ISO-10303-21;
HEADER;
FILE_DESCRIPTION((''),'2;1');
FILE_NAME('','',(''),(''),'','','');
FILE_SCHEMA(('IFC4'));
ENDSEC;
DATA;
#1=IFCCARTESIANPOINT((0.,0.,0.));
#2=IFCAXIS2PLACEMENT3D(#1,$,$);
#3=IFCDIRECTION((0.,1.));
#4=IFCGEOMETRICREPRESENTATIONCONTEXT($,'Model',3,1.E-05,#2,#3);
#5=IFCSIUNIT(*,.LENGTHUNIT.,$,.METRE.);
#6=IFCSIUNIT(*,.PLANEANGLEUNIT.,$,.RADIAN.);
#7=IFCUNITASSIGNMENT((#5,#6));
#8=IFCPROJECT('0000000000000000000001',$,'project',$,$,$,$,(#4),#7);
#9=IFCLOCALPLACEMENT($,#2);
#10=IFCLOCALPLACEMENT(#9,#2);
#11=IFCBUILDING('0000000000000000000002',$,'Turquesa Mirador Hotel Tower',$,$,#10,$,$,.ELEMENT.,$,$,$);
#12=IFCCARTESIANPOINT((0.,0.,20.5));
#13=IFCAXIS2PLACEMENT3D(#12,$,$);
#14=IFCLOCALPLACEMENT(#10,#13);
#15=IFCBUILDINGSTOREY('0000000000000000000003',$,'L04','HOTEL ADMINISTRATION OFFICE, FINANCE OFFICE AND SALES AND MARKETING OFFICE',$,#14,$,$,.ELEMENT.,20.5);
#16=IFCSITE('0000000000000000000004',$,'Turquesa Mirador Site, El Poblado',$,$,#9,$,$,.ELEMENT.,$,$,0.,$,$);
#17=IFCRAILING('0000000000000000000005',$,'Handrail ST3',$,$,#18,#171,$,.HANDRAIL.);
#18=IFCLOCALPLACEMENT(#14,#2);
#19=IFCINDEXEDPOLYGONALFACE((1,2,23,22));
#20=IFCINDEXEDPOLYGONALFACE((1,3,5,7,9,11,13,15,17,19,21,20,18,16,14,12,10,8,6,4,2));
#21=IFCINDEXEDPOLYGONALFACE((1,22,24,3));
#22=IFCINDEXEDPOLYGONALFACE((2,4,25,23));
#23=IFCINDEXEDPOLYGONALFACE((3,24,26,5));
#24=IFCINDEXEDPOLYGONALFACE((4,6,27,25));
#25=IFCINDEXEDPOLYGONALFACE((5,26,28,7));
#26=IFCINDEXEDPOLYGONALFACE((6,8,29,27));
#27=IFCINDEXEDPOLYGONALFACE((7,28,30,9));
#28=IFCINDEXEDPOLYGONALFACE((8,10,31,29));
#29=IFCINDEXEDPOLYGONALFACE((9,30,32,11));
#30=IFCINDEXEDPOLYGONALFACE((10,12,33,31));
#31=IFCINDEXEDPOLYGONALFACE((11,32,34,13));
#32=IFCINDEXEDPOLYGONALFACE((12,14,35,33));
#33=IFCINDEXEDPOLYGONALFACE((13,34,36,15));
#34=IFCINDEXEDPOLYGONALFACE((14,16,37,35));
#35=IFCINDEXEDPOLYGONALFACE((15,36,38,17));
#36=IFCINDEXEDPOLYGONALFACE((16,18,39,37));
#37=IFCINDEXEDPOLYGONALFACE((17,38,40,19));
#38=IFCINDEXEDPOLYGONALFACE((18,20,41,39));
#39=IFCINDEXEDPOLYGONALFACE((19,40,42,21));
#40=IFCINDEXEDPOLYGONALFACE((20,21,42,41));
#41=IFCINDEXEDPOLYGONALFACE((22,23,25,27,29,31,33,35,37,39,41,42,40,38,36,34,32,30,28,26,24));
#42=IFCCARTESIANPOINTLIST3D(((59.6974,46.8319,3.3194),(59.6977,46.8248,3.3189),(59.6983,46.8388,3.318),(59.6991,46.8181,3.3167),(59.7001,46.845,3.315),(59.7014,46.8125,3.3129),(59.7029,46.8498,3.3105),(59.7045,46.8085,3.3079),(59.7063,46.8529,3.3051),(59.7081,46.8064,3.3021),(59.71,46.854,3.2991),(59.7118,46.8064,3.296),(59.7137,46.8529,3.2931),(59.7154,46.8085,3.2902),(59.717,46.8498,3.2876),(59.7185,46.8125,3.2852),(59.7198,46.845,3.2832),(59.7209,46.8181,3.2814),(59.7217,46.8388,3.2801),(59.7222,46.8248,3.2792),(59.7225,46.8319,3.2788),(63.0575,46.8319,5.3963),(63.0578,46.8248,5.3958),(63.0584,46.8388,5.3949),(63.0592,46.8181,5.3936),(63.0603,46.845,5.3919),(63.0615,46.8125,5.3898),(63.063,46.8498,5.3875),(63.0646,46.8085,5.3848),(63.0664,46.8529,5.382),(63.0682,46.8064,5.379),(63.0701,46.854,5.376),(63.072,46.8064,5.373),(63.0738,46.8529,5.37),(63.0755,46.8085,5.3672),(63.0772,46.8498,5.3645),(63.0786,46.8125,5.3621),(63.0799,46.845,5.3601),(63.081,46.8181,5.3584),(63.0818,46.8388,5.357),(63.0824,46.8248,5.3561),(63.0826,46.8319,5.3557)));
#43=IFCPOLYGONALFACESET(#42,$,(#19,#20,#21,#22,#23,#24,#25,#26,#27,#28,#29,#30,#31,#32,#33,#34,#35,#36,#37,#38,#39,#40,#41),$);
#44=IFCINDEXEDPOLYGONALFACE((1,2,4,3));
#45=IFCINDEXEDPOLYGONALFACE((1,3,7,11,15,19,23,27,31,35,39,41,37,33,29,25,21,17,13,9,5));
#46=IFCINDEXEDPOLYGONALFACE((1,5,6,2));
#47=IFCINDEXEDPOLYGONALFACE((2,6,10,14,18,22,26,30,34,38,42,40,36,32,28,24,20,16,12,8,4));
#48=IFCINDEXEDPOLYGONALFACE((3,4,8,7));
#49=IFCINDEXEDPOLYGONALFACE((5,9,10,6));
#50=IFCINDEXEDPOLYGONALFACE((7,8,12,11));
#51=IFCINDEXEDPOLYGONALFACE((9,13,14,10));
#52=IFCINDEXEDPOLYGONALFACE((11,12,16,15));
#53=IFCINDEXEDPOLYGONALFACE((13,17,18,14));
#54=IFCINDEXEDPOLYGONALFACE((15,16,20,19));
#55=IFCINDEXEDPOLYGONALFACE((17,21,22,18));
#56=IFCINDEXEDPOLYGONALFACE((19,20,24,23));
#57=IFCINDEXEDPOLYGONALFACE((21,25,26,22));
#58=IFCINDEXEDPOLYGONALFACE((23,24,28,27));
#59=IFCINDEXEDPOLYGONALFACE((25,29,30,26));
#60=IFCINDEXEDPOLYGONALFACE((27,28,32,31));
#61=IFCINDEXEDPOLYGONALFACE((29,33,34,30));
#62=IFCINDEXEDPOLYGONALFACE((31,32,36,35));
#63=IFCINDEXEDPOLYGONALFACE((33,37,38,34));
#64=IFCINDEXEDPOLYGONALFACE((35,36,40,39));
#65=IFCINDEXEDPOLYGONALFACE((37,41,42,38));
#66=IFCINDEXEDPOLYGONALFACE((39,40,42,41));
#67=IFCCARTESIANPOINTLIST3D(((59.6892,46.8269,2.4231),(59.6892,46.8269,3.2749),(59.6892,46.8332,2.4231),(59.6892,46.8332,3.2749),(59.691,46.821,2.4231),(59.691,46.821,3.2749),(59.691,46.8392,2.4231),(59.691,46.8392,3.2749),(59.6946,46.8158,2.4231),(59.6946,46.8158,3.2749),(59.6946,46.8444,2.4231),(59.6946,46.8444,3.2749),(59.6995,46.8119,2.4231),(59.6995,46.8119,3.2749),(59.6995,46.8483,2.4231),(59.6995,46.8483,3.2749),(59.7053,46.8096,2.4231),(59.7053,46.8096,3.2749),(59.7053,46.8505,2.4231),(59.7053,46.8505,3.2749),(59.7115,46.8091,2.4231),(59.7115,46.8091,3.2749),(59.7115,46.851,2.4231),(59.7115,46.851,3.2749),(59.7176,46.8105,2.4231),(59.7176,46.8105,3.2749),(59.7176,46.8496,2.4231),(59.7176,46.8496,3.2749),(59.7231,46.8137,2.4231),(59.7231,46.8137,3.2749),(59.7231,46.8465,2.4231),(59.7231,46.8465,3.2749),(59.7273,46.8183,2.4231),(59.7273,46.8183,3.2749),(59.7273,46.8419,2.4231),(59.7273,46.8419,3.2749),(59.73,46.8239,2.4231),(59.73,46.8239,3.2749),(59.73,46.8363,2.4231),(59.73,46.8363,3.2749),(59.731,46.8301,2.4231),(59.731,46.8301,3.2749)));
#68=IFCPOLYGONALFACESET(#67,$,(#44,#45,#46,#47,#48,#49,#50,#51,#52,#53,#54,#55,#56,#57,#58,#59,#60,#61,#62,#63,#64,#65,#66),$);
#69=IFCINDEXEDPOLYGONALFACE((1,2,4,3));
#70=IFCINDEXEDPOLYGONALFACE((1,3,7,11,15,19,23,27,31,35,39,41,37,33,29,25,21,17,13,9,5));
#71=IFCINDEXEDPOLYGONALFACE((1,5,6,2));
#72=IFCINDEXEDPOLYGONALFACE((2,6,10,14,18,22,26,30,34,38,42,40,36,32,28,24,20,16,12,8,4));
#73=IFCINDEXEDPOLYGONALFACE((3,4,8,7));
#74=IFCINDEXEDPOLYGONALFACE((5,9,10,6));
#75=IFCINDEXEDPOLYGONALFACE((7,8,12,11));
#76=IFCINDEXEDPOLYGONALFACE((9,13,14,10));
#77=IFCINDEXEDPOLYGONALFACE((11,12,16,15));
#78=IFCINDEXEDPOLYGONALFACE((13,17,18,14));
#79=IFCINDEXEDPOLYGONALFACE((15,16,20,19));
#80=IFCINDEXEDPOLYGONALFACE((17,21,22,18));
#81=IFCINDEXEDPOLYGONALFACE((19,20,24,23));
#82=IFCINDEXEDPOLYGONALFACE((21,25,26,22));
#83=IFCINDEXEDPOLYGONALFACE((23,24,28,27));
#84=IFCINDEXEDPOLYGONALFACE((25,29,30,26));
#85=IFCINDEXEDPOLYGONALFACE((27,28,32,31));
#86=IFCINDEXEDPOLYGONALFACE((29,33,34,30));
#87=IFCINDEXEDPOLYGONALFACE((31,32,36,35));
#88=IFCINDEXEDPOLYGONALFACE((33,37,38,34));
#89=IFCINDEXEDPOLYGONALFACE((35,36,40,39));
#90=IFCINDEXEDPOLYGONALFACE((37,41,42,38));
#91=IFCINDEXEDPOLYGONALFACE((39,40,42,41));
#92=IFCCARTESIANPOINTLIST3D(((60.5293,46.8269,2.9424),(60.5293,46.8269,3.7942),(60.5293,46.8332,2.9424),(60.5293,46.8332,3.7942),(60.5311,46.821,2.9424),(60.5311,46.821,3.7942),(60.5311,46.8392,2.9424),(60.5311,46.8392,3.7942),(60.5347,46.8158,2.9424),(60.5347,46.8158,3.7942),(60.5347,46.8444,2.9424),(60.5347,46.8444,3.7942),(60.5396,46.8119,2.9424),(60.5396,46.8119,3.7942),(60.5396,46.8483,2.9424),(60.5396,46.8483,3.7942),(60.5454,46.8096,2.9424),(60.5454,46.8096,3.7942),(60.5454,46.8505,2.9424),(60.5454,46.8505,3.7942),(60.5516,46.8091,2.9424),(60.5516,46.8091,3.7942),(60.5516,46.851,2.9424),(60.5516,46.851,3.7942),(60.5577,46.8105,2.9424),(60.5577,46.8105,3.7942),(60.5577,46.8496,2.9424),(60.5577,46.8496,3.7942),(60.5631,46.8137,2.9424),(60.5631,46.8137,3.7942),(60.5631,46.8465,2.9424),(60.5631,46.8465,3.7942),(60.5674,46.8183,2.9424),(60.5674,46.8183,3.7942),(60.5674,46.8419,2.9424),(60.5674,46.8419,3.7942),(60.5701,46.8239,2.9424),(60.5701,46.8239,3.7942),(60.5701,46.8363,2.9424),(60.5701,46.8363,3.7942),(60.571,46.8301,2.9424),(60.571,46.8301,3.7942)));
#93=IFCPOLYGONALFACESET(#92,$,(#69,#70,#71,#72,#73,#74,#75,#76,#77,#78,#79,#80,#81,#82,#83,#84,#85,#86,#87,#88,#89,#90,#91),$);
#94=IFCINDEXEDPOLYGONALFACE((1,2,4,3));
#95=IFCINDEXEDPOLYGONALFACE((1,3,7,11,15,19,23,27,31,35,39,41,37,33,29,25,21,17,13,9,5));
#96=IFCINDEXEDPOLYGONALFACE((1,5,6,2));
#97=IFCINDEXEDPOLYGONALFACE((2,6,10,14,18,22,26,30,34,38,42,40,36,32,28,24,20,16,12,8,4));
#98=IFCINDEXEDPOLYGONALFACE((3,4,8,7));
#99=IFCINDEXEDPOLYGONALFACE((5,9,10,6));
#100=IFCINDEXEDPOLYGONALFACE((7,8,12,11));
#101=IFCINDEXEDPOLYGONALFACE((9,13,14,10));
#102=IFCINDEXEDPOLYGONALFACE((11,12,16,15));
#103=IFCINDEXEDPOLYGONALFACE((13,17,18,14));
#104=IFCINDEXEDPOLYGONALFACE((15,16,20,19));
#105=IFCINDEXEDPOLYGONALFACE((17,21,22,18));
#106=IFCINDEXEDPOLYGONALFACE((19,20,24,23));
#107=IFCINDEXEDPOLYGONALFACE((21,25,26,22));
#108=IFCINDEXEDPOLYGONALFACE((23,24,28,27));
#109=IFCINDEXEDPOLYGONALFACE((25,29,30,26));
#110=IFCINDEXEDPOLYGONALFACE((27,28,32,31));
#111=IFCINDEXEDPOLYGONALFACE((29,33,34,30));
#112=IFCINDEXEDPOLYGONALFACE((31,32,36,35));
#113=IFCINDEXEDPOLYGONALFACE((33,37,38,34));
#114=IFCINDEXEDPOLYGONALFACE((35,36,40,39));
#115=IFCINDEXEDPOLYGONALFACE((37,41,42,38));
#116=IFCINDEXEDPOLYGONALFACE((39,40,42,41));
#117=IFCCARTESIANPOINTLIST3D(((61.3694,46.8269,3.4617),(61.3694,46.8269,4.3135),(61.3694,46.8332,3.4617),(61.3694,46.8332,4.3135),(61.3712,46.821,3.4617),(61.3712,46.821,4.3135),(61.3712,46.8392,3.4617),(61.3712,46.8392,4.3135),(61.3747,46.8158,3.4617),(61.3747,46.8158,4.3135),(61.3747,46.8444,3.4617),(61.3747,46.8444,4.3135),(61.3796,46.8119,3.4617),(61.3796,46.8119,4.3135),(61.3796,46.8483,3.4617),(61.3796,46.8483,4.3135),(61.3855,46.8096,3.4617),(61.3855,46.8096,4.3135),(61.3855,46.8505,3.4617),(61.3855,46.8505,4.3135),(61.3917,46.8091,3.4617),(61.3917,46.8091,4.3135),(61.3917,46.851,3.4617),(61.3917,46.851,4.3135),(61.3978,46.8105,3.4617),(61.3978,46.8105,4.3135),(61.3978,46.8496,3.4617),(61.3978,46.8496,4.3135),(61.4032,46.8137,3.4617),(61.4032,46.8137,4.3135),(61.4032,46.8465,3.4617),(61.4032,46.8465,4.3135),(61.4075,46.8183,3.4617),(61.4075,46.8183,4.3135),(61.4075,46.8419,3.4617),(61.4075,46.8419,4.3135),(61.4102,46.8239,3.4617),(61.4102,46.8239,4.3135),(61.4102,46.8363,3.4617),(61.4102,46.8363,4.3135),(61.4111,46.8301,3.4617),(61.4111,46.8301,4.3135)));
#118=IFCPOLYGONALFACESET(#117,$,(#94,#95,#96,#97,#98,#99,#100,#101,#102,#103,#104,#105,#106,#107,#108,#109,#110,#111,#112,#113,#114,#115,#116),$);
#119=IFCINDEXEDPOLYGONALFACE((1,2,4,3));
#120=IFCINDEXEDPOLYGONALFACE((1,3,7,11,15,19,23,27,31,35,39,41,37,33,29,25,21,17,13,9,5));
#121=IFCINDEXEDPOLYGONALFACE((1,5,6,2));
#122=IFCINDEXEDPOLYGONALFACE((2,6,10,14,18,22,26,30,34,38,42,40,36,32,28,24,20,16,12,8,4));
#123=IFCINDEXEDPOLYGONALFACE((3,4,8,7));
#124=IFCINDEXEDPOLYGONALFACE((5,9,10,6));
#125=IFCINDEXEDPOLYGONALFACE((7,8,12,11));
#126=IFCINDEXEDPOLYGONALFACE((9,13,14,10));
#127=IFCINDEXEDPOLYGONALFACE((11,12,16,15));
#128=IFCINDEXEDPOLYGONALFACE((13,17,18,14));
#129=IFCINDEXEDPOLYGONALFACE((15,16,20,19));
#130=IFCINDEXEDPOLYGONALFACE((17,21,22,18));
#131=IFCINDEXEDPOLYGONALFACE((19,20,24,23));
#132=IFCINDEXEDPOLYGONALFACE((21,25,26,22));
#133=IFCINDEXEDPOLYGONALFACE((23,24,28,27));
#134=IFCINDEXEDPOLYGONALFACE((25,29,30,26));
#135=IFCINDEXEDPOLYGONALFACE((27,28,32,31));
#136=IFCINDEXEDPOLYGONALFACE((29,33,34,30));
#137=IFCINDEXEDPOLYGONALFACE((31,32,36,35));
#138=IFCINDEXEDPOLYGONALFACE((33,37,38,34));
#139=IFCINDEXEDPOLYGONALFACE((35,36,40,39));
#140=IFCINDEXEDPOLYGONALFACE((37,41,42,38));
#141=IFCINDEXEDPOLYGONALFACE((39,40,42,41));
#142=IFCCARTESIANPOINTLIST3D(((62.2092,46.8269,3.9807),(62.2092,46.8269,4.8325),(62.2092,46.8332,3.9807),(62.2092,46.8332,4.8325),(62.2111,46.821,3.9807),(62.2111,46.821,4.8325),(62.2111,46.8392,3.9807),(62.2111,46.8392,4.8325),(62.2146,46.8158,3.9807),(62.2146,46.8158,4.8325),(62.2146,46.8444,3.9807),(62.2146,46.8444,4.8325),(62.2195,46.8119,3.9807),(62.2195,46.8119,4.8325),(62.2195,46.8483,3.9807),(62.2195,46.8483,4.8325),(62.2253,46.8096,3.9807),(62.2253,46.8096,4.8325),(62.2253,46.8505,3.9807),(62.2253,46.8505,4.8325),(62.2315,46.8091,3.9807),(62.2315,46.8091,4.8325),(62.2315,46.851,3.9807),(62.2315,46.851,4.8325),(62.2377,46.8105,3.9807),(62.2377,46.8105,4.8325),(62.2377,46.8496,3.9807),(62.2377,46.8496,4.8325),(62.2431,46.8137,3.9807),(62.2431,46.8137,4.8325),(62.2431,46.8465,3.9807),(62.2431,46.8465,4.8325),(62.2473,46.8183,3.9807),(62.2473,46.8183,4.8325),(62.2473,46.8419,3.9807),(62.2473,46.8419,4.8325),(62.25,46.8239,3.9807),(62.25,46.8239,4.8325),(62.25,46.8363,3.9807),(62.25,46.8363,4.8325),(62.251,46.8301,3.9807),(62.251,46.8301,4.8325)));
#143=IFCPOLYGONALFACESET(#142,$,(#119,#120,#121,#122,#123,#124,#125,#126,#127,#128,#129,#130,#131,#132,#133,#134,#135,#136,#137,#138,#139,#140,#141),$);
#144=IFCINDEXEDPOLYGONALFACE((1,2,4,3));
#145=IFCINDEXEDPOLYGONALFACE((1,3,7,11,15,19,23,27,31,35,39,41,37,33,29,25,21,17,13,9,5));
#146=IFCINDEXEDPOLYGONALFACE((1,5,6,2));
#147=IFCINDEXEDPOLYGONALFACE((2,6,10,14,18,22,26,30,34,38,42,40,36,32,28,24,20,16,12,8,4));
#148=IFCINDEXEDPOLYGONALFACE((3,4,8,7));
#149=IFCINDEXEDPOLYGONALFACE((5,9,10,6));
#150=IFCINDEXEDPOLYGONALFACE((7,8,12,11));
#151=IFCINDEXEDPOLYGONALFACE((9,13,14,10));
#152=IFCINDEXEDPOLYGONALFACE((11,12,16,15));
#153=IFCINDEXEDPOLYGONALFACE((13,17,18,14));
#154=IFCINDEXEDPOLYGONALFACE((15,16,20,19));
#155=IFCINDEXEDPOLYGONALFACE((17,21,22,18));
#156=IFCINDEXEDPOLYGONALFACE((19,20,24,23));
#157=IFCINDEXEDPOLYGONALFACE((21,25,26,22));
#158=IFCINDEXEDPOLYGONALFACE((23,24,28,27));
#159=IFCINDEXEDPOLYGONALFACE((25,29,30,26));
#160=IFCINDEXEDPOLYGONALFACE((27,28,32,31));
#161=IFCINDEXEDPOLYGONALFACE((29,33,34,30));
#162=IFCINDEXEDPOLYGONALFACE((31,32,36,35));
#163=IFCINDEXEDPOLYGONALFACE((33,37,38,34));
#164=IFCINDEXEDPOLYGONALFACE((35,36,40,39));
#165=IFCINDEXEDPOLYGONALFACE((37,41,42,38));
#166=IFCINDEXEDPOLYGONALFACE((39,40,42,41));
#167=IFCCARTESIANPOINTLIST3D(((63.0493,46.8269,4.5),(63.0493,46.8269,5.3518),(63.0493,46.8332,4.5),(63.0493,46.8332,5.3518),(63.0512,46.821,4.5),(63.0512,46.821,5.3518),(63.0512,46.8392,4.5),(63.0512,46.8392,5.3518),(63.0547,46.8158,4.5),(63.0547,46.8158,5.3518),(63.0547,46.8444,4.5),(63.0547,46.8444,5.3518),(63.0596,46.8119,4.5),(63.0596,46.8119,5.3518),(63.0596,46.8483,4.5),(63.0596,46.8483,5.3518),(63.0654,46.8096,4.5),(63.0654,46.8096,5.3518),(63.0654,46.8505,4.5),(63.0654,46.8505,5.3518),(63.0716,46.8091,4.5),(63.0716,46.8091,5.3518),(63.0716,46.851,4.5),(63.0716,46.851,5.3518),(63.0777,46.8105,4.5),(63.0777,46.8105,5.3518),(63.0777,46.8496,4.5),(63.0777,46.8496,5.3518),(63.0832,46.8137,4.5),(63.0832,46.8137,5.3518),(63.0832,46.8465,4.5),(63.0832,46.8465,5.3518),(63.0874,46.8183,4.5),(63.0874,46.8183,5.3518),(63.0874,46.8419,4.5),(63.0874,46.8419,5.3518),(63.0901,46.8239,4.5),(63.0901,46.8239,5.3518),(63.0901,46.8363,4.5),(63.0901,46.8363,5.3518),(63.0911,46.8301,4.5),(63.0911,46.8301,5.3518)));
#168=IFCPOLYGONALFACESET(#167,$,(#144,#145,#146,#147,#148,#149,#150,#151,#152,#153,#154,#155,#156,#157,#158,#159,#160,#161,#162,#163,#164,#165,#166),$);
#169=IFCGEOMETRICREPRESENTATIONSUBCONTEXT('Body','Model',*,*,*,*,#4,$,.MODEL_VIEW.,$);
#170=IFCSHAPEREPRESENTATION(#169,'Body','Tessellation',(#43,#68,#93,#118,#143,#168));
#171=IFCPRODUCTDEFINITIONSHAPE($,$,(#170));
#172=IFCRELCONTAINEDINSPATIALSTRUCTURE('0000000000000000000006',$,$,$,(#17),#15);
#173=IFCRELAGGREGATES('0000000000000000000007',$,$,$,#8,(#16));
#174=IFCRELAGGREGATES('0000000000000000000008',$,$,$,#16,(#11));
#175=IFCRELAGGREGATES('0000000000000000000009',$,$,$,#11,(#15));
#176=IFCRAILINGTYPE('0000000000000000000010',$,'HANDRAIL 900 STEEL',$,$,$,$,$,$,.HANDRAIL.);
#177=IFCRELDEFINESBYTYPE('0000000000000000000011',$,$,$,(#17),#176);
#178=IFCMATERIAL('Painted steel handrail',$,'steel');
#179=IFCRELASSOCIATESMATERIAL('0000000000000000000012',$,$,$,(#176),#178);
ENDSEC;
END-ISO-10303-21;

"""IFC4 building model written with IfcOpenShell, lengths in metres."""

from ifc_helpers import new_model, si_unit, direction, frame, origin, origin_2d, place, context, subcontext, project, spatial, circle, extrude, material, type_object, element, save


model = new_model("IFC4")

# Units and contexts
model_context = context("Model", 3, precision=1e-05, world=origin(), true_north=direction((0.0, 1.0)))
body_context = subcontext(model_context, "Body", "Model", "MODEL_VIEW")
ifc_project = project(units=[si_unit("LENGTHUNIT", "METRE"), si_unit("PLANEANGLEUNIT", "RADIAN")], contexts=[model_context])

# Site, building, storey
site_placement = place(None, origin())
site = spatial("IfcSite", under=ifc_project, at=site_placement, Name="Turquesa Mirador Site, El Poblado", CompositionType="ELEMENT", RefElevation=0.0)
building_placement = place(site_placement, origin())
building = spatial("IfcBuilding", under=site, at=building_placement, Name="Turquesa Mirador Hotel Tower", CompositionType="ELEMENT")
storey_placement = place(building_placement, frame((0.0, 0.0, 20.5)))
storey = spatial("IfcBuildingStorey", under=building, at=storey_placement, Name="L04", Description="HOTEL ADMINISTRATION OFFICE, FINANCE OFFICE AND SALES AND MARKETING OFFICE", CompositionType="ELEMENT", Elevation=20.5)

# Railing
ifc_material_1 = material(Name="Painted steel handrail", Category="steel")
railing_type_1 = type_object("IfcRailingType", Name="HANDRAIL 900 STEEL", PredefinedType="HANDRAIL", material=ifc_material_1)
railing_1_placement = place(storey_placement, frame((59.71, 46.8301, 2.4231)))
element("IfcRailing", 1, at=railing_1_placement, inside=storey, type_object=railing_type_1, Name="Handrail ST3", PredefinedType="HANDRAIL", context=body_context, shape_type="SweptSolid", body=[
    extrude(circle(Radius=0.0239, at=origin_2d()), frame((0.0, 0.0, 0.876), z_axis=(0.850623, 0.0, 0.525776), x_axis=(0.0, 1.0, 0.0)), (0.0, 0.0, 1.0), 3.9502),
    extrude(circle(Radius=0.021, at=origin_2d()), origin(), (0.0, 0.0, 1.0), 0.8518),
    extrude(circle(Radius=0.021, at=origin_2d()), frame((0.8401, 0.0, 0.5193)), (0.0, 0.0, 1.0), 0.8518),
    extrude(circle(Radius=0.021, at=origin_2d()), frame((1.6802, 0.0, 1.0386)), (0.0, 0.0, 1.0), 0.8518),
    extrude(circle(Radius=0.021, at=origin_2d()), frame((2.52, 0.0, 1.5576)), (0.0, 0.0, 1.0), 0.8518),
    extrude(circle(Radius=0.021, at=origin_2d()), frame((3.3601, 0.0, 2.0769)), (0.0, 0.0, 1.0), 0.8518),
])

save(model, "model.ifc")
